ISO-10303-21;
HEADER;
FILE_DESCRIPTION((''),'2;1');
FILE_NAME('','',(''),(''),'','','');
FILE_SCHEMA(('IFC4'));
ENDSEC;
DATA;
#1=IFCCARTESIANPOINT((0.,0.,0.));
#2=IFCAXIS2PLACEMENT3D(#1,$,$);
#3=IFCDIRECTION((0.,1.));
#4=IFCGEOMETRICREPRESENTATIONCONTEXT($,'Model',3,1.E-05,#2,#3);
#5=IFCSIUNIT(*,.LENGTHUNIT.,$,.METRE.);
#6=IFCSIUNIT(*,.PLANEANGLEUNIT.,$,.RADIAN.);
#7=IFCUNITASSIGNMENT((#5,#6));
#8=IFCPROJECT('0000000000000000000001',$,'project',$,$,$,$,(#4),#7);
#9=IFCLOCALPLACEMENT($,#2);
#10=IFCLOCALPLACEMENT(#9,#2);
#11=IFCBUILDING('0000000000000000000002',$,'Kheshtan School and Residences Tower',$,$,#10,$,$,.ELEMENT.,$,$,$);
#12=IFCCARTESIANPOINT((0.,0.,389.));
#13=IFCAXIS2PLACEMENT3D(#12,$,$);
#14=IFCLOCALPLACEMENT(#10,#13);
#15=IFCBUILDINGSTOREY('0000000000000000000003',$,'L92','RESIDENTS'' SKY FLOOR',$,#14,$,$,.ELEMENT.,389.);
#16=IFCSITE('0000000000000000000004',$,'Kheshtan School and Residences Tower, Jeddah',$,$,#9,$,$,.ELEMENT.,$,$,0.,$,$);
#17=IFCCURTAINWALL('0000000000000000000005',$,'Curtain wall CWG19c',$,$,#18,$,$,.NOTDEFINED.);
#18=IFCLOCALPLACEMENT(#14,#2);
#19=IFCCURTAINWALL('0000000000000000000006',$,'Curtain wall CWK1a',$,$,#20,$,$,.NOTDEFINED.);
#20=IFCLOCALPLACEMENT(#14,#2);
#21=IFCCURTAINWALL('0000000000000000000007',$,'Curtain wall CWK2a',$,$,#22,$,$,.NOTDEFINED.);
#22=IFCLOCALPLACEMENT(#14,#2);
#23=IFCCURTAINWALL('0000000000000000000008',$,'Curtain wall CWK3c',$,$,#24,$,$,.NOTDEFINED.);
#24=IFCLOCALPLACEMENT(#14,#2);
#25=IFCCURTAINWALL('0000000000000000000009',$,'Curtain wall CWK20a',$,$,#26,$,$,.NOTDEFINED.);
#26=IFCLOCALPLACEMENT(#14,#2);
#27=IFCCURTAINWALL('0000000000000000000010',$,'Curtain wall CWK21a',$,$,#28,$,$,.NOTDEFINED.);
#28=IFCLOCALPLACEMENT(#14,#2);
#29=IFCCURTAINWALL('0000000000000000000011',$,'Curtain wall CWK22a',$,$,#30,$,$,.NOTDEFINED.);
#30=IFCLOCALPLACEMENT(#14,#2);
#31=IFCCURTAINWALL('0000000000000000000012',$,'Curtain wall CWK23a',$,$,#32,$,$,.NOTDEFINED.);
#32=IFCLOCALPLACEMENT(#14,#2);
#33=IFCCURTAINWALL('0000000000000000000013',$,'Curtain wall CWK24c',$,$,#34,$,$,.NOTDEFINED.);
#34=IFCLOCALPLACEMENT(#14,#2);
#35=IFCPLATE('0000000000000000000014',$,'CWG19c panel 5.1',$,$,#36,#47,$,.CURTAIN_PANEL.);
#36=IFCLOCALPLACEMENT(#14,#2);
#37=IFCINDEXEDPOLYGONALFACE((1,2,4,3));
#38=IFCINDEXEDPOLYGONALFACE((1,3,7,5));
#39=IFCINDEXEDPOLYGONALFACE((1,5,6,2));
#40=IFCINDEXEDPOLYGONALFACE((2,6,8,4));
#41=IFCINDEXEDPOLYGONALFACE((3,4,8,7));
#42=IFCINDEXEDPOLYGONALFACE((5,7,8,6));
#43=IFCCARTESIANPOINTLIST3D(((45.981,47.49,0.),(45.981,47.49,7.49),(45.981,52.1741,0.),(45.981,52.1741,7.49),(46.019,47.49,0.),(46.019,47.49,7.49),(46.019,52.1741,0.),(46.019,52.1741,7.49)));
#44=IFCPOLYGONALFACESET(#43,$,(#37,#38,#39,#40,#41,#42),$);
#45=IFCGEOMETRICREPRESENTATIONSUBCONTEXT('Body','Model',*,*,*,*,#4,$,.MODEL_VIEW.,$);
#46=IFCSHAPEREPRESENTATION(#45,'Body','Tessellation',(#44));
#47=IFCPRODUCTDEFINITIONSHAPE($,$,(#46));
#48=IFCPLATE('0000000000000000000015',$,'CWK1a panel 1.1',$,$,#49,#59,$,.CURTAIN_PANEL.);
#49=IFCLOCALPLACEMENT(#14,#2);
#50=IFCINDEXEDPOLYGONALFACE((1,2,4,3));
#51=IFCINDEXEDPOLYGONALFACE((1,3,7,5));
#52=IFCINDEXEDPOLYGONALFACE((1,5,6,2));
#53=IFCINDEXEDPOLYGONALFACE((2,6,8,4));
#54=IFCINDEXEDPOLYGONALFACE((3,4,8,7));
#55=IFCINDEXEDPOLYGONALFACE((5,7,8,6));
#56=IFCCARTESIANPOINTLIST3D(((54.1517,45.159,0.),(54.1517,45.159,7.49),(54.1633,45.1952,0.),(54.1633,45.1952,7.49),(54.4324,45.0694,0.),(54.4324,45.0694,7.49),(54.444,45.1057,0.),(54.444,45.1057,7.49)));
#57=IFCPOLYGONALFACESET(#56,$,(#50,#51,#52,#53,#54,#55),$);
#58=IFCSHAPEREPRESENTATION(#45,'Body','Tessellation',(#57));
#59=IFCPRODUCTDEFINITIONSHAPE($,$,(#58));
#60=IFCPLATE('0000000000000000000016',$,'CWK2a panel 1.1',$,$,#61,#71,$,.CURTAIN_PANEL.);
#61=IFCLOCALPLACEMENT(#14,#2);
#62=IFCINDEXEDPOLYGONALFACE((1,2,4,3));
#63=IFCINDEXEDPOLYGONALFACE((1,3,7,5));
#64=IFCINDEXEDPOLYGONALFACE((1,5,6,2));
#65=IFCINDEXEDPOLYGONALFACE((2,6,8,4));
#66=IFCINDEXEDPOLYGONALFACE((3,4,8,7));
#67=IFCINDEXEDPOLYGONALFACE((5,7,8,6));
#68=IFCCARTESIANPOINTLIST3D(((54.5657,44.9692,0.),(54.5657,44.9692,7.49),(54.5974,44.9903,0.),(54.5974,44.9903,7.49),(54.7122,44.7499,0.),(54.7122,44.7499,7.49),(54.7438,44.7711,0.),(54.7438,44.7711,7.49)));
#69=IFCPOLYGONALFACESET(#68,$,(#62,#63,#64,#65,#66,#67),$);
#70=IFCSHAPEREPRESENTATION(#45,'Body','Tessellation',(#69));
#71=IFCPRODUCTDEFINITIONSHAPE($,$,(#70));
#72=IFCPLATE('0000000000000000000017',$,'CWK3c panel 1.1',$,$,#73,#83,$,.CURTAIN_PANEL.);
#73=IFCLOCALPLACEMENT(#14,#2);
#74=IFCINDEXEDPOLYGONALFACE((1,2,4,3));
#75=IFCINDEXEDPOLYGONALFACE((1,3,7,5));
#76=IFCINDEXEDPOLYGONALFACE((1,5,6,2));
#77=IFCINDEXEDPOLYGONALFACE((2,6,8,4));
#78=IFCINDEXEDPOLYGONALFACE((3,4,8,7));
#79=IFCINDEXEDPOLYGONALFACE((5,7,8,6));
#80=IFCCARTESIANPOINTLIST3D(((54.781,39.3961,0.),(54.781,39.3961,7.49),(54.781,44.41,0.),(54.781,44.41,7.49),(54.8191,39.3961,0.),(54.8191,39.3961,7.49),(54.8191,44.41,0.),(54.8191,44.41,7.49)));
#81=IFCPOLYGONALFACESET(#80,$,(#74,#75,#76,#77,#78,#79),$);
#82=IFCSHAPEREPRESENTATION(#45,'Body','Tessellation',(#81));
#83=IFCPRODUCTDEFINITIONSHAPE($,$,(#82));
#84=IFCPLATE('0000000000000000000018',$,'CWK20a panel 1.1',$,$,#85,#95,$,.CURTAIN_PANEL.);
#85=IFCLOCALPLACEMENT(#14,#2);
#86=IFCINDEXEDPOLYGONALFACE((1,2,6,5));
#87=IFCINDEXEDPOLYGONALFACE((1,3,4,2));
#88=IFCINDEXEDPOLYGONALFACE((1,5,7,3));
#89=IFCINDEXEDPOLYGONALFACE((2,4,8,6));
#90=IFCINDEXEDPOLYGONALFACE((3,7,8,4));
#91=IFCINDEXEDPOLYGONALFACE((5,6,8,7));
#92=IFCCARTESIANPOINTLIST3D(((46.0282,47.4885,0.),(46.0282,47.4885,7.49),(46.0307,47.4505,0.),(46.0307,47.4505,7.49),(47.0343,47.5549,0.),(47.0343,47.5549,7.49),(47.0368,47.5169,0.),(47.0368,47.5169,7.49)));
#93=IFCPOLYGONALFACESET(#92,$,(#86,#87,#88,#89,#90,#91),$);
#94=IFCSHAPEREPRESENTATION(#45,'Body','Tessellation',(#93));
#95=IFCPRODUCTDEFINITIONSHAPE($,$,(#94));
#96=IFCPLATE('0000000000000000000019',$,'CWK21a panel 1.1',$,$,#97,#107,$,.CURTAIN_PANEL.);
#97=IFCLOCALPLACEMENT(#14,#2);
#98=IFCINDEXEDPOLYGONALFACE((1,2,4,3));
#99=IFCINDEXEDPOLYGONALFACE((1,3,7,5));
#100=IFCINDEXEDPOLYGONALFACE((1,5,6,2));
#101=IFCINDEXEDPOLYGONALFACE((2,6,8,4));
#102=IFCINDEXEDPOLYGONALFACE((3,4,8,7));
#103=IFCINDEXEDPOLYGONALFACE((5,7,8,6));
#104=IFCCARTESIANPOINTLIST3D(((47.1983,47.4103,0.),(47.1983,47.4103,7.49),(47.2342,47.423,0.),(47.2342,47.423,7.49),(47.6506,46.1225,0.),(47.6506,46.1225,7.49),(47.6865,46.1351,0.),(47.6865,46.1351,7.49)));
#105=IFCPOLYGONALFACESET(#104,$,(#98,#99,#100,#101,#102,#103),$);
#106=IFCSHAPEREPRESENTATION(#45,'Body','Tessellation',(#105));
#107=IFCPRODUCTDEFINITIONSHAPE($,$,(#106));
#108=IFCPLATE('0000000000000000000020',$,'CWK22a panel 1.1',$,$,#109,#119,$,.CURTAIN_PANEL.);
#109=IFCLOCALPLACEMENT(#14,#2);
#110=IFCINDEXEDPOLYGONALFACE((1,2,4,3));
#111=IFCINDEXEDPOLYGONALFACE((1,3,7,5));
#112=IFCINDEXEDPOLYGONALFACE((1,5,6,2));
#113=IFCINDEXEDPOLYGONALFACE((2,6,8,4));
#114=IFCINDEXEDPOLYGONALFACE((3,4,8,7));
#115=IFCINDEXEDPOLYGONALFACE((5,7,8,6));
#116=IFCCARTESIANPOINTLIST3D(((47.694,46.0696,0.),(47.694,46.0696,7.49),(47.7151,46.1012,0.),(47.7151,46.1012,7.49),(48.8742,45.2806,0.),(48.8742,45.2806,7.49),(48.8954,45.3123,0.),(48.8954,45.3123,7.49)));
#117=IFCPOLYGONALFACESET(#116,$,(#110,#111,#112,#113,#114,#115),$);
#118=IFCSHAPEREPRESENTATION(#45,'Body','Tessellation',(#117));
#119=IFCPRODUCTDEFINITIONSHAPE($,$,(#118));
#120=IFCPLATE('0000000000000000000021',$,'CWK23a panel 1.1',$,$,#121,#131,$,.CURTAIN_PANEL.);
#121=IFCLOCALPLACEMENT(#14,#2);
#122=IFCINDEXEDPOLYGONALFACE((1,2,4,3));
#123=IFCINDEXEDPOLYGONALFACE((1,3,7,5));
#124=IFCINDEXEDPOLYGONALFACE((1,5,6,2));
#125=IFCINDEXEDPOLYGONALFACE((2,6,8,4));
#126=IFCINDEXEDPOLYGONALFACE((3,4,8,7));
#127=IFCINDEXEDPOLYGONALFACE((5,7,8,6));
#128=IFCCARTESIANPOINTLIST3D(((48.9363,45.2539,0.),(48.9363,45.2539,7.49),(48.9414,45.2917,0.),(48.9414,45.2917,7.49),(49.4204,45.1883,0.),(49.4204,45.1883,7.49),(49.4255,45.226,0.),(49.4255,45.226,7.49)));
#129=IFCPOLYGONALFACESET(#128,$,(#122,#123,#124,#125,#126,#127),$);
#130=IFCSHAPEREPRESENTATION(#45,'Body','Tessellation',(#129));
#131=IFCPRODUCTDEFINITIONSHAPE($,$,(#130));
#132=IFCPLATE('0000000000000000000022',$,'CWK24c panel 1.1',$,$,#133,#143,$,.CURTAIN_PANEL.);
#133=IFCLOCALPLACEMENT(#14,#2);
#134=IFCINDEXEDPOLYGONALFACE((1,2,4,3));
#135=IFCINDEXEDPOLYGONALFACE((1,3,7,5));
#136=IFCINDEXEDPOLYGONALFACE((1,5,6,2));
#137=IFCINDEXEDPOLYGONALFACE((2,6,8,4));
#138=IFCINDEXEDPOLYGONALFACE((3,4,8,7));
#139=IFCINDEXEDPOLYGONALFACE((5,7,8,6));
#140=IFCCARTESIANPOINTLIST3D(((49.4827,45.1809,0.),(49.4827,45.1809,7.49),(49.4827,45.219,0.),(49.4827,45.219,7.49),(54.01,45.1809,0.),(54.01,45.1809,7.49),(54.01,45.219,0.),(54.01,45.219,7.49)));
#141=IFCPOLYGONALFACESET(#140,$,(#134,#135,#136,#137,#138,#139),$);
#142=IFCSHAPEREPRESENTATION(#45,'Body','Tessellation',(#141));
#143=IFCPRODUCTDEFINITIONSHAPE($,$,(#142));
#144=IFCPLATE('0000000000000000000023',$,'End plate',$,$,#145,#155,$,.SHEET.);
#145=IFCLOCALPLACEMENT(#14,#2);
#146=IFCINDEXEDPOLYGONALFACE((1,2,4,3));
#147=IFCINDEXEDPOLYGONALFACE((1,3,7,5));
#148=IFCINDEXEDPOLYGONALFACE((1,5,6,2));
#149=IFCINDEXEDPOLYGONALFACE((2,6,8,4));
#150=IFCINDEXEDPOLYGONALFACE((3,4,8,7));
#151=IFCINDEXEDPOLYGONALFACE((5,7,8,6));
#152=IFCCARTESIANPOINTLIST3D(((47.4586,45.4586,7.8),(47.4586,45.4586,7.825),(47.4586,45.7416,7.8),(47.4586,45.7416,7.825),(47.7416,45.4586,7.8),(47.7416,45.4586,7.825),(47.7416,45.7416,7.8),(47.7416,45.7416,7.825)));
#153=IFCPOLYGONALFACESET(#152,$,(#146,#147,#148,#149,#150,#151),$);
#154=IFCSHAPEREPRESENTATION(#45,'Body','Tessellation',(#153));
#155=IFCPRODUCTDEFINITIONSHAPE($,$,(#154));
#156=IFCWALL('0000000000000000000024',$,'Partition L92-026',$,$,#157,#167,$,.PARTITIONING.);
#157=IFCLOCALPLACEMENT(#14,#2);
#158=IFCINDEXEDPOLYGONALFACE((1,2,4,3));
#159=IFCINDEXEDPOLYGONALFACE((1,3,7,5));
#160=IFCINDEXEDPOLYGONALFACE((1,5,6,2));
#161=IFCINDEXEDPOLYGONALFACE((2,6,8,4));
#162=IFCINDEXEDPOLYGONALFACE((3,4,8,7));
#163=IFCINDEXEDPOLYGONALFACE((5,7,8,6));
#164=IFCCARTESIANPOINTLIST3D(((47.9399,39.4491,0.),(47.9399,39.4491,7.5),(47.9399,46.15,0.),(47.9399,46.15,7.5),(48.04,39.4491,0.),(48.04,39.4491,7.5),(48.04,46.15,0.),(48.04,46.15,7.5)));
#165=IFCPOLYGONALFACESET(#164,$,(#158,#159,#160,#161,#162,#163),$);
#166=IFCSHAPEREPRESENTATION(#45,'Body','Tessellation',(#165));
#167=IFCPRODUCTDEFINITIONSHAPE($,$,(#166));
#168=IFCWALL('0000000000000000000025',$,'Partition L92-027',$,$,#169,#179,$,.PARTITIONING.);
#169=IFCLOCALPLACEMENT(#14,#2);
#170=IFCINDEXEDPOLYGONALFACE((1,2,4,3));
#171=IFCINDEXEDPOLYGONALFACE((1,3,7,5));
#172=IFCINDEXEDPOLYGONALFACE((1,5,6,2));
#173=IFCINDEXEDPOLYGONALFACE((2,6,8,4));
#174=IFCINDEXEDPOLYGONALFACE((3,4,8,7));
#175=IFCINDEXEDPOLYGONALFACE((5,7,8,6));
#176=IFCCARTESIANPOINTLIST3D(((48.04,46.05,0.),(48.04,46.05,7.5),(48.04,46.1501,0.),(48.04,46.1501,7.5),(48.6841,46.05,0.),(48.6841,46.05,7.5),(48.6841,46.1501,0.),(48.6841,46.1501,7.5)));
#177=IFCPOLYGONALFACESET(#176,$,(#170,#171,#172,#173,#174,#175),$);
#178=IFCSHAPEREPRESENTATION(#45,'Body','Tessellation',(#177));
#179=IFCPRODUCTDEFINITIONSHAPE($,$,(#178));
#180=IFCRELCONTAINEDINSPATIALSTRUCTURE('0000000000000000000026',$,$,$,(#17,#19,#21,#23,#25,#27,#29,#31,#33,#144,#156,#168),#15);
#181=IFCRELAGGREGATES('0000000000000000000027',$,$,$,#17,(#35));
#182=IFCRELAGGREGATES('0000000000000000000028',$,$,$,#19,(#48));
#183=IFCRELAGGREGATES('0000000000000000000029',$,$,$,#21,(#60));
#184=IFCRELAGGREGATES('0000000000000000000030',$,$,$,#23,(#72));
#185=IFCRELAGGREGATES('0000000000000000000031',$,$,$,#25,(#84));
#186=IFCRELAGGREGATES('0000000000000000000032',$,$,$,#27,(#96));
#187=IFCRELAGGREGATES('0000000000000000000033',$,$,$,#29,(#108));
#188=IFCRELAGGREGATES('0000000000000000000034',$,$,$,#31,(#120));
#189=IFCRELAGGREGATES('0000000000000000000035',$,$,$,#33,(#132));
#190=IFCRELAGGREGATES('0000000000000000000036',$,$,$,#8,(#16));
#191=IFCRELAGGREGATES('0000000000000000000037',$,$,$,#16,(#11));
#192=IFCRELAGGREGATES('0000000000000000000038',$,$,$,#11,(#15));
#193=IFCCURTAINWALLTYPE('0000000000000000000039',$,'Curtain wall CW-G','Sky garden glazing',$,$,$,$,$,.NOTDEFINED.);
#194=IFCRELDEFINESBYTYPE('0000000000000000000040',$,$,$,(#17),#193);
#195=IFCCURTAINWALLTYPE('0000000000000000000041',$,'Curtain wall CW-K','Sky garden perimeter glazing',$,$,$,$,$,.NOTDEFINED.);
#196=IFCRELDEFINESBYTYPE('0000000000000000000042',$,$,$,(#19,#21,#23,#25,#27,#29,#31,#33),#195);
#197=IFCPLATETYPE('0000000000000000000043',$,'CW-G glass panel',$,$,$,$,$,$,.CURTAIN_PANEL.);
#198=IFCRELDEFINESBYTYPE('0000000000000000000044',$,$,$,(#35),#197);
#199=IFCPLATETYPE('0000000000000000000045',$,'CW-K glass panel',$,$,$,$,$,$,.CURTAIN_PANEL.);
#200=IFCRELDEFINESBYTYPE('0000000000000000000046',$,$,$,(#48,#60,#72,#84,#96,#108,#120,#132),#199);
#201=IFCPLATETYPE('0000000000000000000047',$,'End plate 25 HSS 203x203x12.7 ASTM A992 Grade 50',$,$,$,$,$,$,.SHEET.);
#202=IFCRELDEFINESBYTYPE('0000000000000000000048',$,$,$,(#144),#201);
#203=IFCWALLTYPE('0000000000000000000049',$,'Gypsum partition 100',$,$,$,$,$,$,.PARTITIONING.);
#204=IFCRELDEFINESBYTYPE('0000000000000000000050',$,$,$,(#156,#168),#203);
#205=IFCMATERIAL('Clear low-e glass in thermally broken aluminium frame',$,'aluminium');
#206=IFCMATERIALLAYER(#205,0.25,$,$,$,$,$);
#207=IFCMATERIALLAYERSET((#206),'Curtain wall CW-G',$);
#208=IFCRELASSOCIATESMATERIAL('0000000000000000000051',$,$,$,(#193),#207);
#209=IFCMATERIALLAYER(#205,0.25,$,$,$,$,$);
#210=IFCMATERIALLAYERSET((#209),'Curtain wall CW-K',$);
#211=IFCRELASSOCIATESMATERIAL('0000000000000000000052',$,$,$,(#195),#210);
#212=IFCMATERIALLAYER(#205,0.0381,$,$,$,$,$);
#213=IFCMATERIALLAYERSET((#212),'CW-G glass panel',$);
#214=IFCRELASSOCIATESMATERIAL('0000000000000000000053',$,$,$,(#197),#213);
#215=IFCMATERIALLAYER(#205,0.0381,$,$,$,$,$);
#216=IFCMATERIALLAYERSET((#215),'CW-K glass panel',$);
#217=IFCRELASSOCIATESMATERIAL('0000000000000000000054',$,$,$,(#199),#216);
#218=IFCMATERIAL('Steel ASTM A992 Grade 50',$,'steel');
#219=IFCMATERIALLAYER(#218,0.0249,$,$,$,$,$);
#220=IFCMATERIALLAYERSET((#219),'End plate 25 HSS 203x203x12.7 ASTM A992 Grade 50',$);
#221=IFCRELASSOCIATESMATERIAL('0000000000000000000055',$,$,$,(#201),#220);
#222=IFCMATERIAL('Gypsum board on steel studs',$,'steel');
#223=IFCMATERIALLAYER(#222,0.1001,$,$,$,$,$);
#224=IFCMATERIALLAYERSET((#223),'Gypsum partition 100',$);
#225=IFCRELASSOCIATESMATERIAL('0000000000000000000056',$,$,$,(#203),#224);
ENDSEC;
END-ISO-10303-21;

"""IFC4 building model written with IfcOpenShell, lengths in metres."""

from ifc_helpers import new_model, si_unit, direction, frame, frame_2d, origin, origin_2d, place, context, subcontext, project, spatial, rectangle, extrude, material, layer, layer_set, type_object, element, aggregate, save


model = new_model("IFC4")

# Units and contexts
model_context = context("Model", 3, precision=1e-05, world=origin(), true_north=direction((0.0, 1.0)))
body_context = subcontext(model_context, "Body", "Model", "MODEL_VIEW")
ifc_project = project(units=[si_unit("LENGTHUNIT", "METRE"), si_unit("PLANEANGLEUNIT", "RADIAN")], contexts=[model_context])

# Site, building, storey
site_placement = place(None, origin())
site = spatial("IfcSite", under=ifc_project, at=site_placement, Name="Kheshtan School and Residences Tower, Jeddah", CompositionType="ELEMENT", RefElevation=0.0)
building_placement = place(site_placement, origin())
building = spatial("IfcBuilding", under=site, at=building_placement, Name="Kheshtan School and Residences Tower", CompositionType="ELEMENT")
storey_placement = place(building_placement, frame((0.0, 0.0, 389.0)))
storey = spatial("IfcBuildingStorey", under=building, at=storey_placement, Name="L92", Description="RESIDENTS' SKY FLOOR", CompositionType="ELEMENT", Elevation=389.0)

# Shared definitions
ifc_material_1 = material(Name="Steel ASTM A992 Grade 50", Category="steel")

# Curtain wall
ifc_material_2 = material(Name="Clear low-e glass in thermally broken aluminium frame", Category="aluminium")
ifc_layer_1 = layer(ifc_material_2, 0.25)
ifc_layer_set_1 = layer_set([ifc_layer_1], Name="Curtain wall CW-G")
curtain_wall_type_1 = type_object("IfcCurtainWallType", Name="Curtain wall CW-G", Description="Sky garden glazing", PredefinedType="NOTDEFINED", material=ifc_layer_set_1)
curtain_wall_1_placement = place(storey_placement, origin())
curtain_wall_1 = element("IfcCurtainWall", 1, at=curtain_wall_1_placement, inside=storey, type_object=curtain_wall_type_1, Name="Curtain wall CWG19c", PredefinedType="NOTDEFINED")

# Curtain walls
ifc_layer_2 = layer(ifc_material_2, 0.25)
ifc_layer_set_2 = layer_set([ifc_layer_2], Name="Curtain wall CW-K")
curtain_wall_type_2 = type_object("IfcCurtainWallType", Name="Curtain wall CW-K", Description="Sky garden perimeter glazing", PredefinedType="NOTDEFINED", material=ifc_layer_set_2)
curtain_wall_2_placement = place(storey_placement, origin())
curtain_wall_2 = element("IfcCurtainWall", 2, at=curtain_wall_2_placement, inside=storey, type_object=curtain_wall_type_2, Name="Curtain wall CWK1a", PredefinedType="NOTDEFINED")
curtain_wall_3_placement = place(storey_placement, origin())
curtain_wall_3 = element("IfcCurtainWall", 3, at=curtain_wall_3_placement, inside=storey, type_object=curtain_wall_type_2, Name="Curtain wall CWK2a", PredefinedType="NOTDEFINED")
curtain_wall_4_placement = place(storey_placement, origin())
curtain_wall_4 = element("IfcCurtainWall", 4, at=curtain_wall_4_placement, inside=storey, type_object=curtain_wall_type_2, Name="Curtain wall CWK3c", PredefinedType="NOTDEFINED")

# Curtain wall
curtain_wall_5_placement = place(storey_placement, origin())
curtain_wall_5 = element("IfcCurtainWall", 5, at=curtain_wall_5_placement, inside=storey, type_object=curtain_wall_type_2, Name="Curtain wall CWK20a", PredefinedType="NOTDEFINED")

# Curtain wall
curtain_wall_6_placement = place(storey_placement, origin())
curtain_wall_6 = element("IfcCurtainWall", 6, at=curtain_wall_6_placement, inside=storey, type_object=curtain_wall_type_2, Name="Curtain wall CWK21a", PredefinedType="NOTDEFINED")

# Curtain walls
curtain_wall_7_placement = place(storey_placement, origin())
curtain_wall_7 = element("IfcCurtainWall", 7, at=curtain_wall_7_placement, inside=storey, type_object=curtain_wall_type_2, Name="Curtain wall CWK22a", PredefinedType="NOTDEFINED")
curtain_wall_8_placement = place(storey_placement, origin())
curtain_wall_8 = element("IfcCurtainWall", 8, at=curtain_wall_8_placement, inside=storey, type_object=curtain_wall_type_2, Name="Curtain wall CWK23a", PredefinedType="NOTDEFINED")
curtain_wall_9_placement = place(storey_placement, origin())
curtain_wall_9 = element("IfcCurtainWall", 9, at=curtain_wall_9_placement, inside=storey, type_object=curtain_wall_type_2, Name="Curtain wall CWK24c", PredefinedType="NOTDEFINED")

# Plates
ifc_layer_3 = layer(ifc_material_2, 0.0381)
ifc_layer_set_3 = layer_set([ifc_layer_3], Name="CW-G glass panel")
plate_type_1 = type_object("IfcPlateType", Name="CW-G glass panel", PredefinedType="CURTAIN_PANEL", material=ifc_layer_set_3)
plate_1_placement = place(storey_placement, frame((46.0, 49.832, 0.0), z_axis=(0.0, 0.0, 1.0), x_axis=(0.0, -1.0, 0.0)))
plate_1 = element("IfcPlate", 10, at=plate_1_placement, type_object=plate_type_1, Name="CWG19c panel 5.1", PredefinedType="CURTAIN_PANEL", context=body_context, shape_type="SweptSolid", body=[
    extrude(rectangle(XDim=4.6841, YDim=0.0381, at=origin_2d()), origin(), (0.0, 0.0, 1.0), 7.49),
])
aggregate(curtain_wall_1, [plate_1])
ifc_layer_4 = layer(ifc_material_2, 0.0381)
ifc_layer_set_4 = layer_set([ifc_layer_4], Name="CW-K glass panel")
plate_type_2 = type_object("IfcPlateType", Name="CW-K glass panel", PredefinedType="CURTAIN_PANEL", material=ifc_layer_set_4)
plate_2_placement = place(storey_placement, frame((54.2979, 45.1323, 0.0), z_axis=(0.0, 0.0, 1.0), x_axis=(0.952704, -0.3039, 0.0)))
plate_2 = element("IfcPlate", 11, at=plate_2_placement, type_object=plate_type_2, Name="CWK1a panel 1.1", PredefinedType="CURTAIN_PANEL", context=body_context, shape_type="SweptSolid", body=[
    extrude(rectangle(XDim=0.2947, YDim=0.0381, at=origin_2d()), origin(), (0.0, 0.0, 1.0), 7.49),
])
aggregate(curtain_wall_2, [plate_2])
plate_3_placement = place(storey_placement, frame((54.6548, 44.8701, 0.0), z_axis=(0.0, 0.0, 1.0), x_axis=(0.555302, -0.831649, 0.0)))
plate_3 = element("IfcPlate", 12, at=plate_3_placement, type_object=plate_type_2, Name="CWK2a panel 1.1", PredefinedType="CURTAIN_PANEL", context=body_context, shape_type="SweptSolid", body=[
    extrude(rectangle(XDim=0.2637, YDim=0.0381, at=origin_2d()), origin(), (0.0, 0.0, 1.0), 7.49),
])
aggregate(curtain_wall_3, [plate_3])
plate_4_placement = place(storey_placement, frame((54.8, 41.9031, 0.0), z_axis=(0.0, 0.0, 1.0), x_axis=(0.0, -1.0, 0.0)))
plate_4 = element("IfcPlate", 13, at=plate_4_placement, type_object=plate_type_2, Name="CWK3c panel 1.1", PredefinedType="CURTAIN_PANEL", context=body_context, shape_type="SweptSolid", body=[
    extrude(rectangle(XDim=5.0139, YDim=0.0381, at=origin_2d()), origin(), (0.0, 0.0, 1.0), 7.49),
])
aggregate(curtain_wall_4, [plate_4])
plate_5_placement = place(storey_placement, frame((46.5325, 47.5027, 0.0), z_axis=(0.0, 0.0, 1.0), x_axis=(0.997829, 0.065855, 0.0)))
plate_5 = element("IfcPlate", 14, at=plate_5_placement, type_object=plate_type_2, Name="CWK20a panel 1.1", PredefinedType="CURTAIN_PANEL", context=body_context, shape_type="SweptSolid", body=[
    extrude(rectangle(XDim=1.0083, YDim=0.0381, at=origin_2d()), origin(), (0.0, 0.0, 1.0), 7.49),
])
aggregate(curtain_wall_5, [plate_5])
plate_6_placement = place(storey_placement, frame((47.4424, 46.7727, 0.0), z_axis=(0.0, 0.0, 1.0), x_axis=(0.33134, -0.943511, 0.0)))
plate_6 = element("IfcPlate", 15, at=plate_6_placement, type_object=plate_type_2, Name="CWK21a panel 1.1", PredefinedType="CURTAIN_PANEL", context=body_context, shape_type="SweptSolid", body=[
    extrude(rectangle(XDim=1.365, YDim=0.0381, at=origin_2d()), origin(), (0.0, 0.0, 1.0), 7.49),
])
aggregate(curtain_wall_6, [plate_6])
plate_7_placement = place(storey_placement, frame((48.2947, 45.6909, 0.0), z_axis=(0.0, 0.0, 1.0), x_axis=(0.831353, -0.555745, 0.0)))
plate_7 = element("IfcPlate", 16, at=plate_7_placement, type_object=plate_type_2, Name="CWK22a panel 1.1", PredefinedType="CURTAIN_PANEL", context=body_context, shape_type="SweptSolid", body=[
    extrude(rectangle(XDim=1.4197, YDim=0.0381, at=origin_2d()), origin(), (0.0, 0.0, 1.0), 7.49),
])
aggregate(curtain_wall_7, [plate_7])
plate_8_placement = place(storey_placement, frame((49.1809, 45.24, 0.0), z_axis=(0.0, 0.0, 1.0), x_axis=(0.990932, -0.134364, 0.0)))
plate_8 = element("IfcPlate", 17, at=plate_8_placement, type_object=plate_type_2, Name="CWK23a panel 1.1", PredefinedType="CURTAIN_PANEL", context=body_context, shape_type="SweptSolid", body=[
    extrude(rectangle(XDim=0.4885, YDim=0.0381, at=origin_2d()), origin(), (0.0, 0.0, 1.0), 7.49),
])
aggregate(curtain_wall_8, [plate_8])
plate_9_placement = place(storey_placement, frame((51.7463, 45.2, 0.0), z_axis=(0.0, 0.0, 1.0), x_axis=(1.0, 0.0, 0.0)))
plate_9 = element("IfcPlate", 18, at=plate_9_placement, type_object=plate_type_2, Name="CWK24c panel 1.1", PredefinedType="CURTAIN_PANEL", context=body_context, shape_type="SweptSolid", body=[
    extrude(rectangle(XDim=4.5273, YDim=0.0381, at=origin_2d()), origin(), (0.0, 0.0, 1.0), 7.49),
])
aggregate(curtain_wall_9, [plate_9])
ifc_layer_5 = layer(ifc_material_1, 0.0249)
ifc_layer_set_5 = layer_set([ifc_layer_5], Name="End plate 25 HSS 203x203x12.7 ASTM A992 Grade 50")
plate_type_3 = type_object("IfcPlateType", Name="End plate 25 HSS 203x203x12.7 ASTM A992 Grade 50", PredefinedType="SHEET", material=ifc_layer_set_5)
plate_10_placement = place(storey_placement, frame((47.6001, 45.6001, 7.8), z_axis=(0.0, 0.0, 1.0), x_axis=(1.0, 0.0, 0.0)))
element("IfcPlate", 19, at=plate_10_placement, inside=storey, type_object=plate_type_3, Name="End plate", PredefinedType="SHEET", context=body_context, shape_type="SweptSolid", body=[
    extrude(rectangle(XDim=0.283, YDim=0.283, at=origin_2d()), origin(), (0.0, 0.0, 1.0), 0.0249),
])

# Walls
ifc_material_3 = material(Name="Gypsum board on steel studs", Category="steel")
ifc_layer_6 = layer(ifc_material_3, 0.1001)
ifc_layer_set_6 = layer_set([ifc_layer_6], Name="Gypsum partition 100")
wall_type = type_object("IfcWallType", Name="Gypsum partition 100", PredefinedType="PARTITIONING", material=ifc_layer_set_6)
wall_1_placement = place(storey_placement, frame((47.99, 39.449, 0.0), z_axis=(0.0, 0.0, 1.0), x_axis=(0.0, 1.0, 0.0)))
element("IfcWall", 20, at=wall_1_placement, inside=storey, type_object=wall_type, Name="Partition L92-026", PredefinedType="PARTITIONING", context=body_context, shape_type="SweptSolid", body=[
    extrude(rectangle(XDim=6.7009, YDim=0.1001, at=frame_2d((3.3506, 0.0))), origin(), (0.0, 0.0, 1.0), 7.5),
])
wall_2_placement = place(storey_placement, frame((48.04, 46.1001, 0.0), z_axis=(0.0, 0.0, 1.0), x_axis=(1.0, 0.0, 0.0)))
element("IfcWall", 21, at=wall_2_placement, inside=storey, type_object=wall_type, Name="Partition L92-027", PredefinedType="PARTITIONING", context=body_context, shape_type="SweptSolid", body=[
    extrude(rectangle(XDim=0.644, YDim=0.1001, at=frame_2d((0.322, 0.0))), origin(), (0.0, 0.0, 1.0), 7.5),
])

save(model, "model.ifc")
